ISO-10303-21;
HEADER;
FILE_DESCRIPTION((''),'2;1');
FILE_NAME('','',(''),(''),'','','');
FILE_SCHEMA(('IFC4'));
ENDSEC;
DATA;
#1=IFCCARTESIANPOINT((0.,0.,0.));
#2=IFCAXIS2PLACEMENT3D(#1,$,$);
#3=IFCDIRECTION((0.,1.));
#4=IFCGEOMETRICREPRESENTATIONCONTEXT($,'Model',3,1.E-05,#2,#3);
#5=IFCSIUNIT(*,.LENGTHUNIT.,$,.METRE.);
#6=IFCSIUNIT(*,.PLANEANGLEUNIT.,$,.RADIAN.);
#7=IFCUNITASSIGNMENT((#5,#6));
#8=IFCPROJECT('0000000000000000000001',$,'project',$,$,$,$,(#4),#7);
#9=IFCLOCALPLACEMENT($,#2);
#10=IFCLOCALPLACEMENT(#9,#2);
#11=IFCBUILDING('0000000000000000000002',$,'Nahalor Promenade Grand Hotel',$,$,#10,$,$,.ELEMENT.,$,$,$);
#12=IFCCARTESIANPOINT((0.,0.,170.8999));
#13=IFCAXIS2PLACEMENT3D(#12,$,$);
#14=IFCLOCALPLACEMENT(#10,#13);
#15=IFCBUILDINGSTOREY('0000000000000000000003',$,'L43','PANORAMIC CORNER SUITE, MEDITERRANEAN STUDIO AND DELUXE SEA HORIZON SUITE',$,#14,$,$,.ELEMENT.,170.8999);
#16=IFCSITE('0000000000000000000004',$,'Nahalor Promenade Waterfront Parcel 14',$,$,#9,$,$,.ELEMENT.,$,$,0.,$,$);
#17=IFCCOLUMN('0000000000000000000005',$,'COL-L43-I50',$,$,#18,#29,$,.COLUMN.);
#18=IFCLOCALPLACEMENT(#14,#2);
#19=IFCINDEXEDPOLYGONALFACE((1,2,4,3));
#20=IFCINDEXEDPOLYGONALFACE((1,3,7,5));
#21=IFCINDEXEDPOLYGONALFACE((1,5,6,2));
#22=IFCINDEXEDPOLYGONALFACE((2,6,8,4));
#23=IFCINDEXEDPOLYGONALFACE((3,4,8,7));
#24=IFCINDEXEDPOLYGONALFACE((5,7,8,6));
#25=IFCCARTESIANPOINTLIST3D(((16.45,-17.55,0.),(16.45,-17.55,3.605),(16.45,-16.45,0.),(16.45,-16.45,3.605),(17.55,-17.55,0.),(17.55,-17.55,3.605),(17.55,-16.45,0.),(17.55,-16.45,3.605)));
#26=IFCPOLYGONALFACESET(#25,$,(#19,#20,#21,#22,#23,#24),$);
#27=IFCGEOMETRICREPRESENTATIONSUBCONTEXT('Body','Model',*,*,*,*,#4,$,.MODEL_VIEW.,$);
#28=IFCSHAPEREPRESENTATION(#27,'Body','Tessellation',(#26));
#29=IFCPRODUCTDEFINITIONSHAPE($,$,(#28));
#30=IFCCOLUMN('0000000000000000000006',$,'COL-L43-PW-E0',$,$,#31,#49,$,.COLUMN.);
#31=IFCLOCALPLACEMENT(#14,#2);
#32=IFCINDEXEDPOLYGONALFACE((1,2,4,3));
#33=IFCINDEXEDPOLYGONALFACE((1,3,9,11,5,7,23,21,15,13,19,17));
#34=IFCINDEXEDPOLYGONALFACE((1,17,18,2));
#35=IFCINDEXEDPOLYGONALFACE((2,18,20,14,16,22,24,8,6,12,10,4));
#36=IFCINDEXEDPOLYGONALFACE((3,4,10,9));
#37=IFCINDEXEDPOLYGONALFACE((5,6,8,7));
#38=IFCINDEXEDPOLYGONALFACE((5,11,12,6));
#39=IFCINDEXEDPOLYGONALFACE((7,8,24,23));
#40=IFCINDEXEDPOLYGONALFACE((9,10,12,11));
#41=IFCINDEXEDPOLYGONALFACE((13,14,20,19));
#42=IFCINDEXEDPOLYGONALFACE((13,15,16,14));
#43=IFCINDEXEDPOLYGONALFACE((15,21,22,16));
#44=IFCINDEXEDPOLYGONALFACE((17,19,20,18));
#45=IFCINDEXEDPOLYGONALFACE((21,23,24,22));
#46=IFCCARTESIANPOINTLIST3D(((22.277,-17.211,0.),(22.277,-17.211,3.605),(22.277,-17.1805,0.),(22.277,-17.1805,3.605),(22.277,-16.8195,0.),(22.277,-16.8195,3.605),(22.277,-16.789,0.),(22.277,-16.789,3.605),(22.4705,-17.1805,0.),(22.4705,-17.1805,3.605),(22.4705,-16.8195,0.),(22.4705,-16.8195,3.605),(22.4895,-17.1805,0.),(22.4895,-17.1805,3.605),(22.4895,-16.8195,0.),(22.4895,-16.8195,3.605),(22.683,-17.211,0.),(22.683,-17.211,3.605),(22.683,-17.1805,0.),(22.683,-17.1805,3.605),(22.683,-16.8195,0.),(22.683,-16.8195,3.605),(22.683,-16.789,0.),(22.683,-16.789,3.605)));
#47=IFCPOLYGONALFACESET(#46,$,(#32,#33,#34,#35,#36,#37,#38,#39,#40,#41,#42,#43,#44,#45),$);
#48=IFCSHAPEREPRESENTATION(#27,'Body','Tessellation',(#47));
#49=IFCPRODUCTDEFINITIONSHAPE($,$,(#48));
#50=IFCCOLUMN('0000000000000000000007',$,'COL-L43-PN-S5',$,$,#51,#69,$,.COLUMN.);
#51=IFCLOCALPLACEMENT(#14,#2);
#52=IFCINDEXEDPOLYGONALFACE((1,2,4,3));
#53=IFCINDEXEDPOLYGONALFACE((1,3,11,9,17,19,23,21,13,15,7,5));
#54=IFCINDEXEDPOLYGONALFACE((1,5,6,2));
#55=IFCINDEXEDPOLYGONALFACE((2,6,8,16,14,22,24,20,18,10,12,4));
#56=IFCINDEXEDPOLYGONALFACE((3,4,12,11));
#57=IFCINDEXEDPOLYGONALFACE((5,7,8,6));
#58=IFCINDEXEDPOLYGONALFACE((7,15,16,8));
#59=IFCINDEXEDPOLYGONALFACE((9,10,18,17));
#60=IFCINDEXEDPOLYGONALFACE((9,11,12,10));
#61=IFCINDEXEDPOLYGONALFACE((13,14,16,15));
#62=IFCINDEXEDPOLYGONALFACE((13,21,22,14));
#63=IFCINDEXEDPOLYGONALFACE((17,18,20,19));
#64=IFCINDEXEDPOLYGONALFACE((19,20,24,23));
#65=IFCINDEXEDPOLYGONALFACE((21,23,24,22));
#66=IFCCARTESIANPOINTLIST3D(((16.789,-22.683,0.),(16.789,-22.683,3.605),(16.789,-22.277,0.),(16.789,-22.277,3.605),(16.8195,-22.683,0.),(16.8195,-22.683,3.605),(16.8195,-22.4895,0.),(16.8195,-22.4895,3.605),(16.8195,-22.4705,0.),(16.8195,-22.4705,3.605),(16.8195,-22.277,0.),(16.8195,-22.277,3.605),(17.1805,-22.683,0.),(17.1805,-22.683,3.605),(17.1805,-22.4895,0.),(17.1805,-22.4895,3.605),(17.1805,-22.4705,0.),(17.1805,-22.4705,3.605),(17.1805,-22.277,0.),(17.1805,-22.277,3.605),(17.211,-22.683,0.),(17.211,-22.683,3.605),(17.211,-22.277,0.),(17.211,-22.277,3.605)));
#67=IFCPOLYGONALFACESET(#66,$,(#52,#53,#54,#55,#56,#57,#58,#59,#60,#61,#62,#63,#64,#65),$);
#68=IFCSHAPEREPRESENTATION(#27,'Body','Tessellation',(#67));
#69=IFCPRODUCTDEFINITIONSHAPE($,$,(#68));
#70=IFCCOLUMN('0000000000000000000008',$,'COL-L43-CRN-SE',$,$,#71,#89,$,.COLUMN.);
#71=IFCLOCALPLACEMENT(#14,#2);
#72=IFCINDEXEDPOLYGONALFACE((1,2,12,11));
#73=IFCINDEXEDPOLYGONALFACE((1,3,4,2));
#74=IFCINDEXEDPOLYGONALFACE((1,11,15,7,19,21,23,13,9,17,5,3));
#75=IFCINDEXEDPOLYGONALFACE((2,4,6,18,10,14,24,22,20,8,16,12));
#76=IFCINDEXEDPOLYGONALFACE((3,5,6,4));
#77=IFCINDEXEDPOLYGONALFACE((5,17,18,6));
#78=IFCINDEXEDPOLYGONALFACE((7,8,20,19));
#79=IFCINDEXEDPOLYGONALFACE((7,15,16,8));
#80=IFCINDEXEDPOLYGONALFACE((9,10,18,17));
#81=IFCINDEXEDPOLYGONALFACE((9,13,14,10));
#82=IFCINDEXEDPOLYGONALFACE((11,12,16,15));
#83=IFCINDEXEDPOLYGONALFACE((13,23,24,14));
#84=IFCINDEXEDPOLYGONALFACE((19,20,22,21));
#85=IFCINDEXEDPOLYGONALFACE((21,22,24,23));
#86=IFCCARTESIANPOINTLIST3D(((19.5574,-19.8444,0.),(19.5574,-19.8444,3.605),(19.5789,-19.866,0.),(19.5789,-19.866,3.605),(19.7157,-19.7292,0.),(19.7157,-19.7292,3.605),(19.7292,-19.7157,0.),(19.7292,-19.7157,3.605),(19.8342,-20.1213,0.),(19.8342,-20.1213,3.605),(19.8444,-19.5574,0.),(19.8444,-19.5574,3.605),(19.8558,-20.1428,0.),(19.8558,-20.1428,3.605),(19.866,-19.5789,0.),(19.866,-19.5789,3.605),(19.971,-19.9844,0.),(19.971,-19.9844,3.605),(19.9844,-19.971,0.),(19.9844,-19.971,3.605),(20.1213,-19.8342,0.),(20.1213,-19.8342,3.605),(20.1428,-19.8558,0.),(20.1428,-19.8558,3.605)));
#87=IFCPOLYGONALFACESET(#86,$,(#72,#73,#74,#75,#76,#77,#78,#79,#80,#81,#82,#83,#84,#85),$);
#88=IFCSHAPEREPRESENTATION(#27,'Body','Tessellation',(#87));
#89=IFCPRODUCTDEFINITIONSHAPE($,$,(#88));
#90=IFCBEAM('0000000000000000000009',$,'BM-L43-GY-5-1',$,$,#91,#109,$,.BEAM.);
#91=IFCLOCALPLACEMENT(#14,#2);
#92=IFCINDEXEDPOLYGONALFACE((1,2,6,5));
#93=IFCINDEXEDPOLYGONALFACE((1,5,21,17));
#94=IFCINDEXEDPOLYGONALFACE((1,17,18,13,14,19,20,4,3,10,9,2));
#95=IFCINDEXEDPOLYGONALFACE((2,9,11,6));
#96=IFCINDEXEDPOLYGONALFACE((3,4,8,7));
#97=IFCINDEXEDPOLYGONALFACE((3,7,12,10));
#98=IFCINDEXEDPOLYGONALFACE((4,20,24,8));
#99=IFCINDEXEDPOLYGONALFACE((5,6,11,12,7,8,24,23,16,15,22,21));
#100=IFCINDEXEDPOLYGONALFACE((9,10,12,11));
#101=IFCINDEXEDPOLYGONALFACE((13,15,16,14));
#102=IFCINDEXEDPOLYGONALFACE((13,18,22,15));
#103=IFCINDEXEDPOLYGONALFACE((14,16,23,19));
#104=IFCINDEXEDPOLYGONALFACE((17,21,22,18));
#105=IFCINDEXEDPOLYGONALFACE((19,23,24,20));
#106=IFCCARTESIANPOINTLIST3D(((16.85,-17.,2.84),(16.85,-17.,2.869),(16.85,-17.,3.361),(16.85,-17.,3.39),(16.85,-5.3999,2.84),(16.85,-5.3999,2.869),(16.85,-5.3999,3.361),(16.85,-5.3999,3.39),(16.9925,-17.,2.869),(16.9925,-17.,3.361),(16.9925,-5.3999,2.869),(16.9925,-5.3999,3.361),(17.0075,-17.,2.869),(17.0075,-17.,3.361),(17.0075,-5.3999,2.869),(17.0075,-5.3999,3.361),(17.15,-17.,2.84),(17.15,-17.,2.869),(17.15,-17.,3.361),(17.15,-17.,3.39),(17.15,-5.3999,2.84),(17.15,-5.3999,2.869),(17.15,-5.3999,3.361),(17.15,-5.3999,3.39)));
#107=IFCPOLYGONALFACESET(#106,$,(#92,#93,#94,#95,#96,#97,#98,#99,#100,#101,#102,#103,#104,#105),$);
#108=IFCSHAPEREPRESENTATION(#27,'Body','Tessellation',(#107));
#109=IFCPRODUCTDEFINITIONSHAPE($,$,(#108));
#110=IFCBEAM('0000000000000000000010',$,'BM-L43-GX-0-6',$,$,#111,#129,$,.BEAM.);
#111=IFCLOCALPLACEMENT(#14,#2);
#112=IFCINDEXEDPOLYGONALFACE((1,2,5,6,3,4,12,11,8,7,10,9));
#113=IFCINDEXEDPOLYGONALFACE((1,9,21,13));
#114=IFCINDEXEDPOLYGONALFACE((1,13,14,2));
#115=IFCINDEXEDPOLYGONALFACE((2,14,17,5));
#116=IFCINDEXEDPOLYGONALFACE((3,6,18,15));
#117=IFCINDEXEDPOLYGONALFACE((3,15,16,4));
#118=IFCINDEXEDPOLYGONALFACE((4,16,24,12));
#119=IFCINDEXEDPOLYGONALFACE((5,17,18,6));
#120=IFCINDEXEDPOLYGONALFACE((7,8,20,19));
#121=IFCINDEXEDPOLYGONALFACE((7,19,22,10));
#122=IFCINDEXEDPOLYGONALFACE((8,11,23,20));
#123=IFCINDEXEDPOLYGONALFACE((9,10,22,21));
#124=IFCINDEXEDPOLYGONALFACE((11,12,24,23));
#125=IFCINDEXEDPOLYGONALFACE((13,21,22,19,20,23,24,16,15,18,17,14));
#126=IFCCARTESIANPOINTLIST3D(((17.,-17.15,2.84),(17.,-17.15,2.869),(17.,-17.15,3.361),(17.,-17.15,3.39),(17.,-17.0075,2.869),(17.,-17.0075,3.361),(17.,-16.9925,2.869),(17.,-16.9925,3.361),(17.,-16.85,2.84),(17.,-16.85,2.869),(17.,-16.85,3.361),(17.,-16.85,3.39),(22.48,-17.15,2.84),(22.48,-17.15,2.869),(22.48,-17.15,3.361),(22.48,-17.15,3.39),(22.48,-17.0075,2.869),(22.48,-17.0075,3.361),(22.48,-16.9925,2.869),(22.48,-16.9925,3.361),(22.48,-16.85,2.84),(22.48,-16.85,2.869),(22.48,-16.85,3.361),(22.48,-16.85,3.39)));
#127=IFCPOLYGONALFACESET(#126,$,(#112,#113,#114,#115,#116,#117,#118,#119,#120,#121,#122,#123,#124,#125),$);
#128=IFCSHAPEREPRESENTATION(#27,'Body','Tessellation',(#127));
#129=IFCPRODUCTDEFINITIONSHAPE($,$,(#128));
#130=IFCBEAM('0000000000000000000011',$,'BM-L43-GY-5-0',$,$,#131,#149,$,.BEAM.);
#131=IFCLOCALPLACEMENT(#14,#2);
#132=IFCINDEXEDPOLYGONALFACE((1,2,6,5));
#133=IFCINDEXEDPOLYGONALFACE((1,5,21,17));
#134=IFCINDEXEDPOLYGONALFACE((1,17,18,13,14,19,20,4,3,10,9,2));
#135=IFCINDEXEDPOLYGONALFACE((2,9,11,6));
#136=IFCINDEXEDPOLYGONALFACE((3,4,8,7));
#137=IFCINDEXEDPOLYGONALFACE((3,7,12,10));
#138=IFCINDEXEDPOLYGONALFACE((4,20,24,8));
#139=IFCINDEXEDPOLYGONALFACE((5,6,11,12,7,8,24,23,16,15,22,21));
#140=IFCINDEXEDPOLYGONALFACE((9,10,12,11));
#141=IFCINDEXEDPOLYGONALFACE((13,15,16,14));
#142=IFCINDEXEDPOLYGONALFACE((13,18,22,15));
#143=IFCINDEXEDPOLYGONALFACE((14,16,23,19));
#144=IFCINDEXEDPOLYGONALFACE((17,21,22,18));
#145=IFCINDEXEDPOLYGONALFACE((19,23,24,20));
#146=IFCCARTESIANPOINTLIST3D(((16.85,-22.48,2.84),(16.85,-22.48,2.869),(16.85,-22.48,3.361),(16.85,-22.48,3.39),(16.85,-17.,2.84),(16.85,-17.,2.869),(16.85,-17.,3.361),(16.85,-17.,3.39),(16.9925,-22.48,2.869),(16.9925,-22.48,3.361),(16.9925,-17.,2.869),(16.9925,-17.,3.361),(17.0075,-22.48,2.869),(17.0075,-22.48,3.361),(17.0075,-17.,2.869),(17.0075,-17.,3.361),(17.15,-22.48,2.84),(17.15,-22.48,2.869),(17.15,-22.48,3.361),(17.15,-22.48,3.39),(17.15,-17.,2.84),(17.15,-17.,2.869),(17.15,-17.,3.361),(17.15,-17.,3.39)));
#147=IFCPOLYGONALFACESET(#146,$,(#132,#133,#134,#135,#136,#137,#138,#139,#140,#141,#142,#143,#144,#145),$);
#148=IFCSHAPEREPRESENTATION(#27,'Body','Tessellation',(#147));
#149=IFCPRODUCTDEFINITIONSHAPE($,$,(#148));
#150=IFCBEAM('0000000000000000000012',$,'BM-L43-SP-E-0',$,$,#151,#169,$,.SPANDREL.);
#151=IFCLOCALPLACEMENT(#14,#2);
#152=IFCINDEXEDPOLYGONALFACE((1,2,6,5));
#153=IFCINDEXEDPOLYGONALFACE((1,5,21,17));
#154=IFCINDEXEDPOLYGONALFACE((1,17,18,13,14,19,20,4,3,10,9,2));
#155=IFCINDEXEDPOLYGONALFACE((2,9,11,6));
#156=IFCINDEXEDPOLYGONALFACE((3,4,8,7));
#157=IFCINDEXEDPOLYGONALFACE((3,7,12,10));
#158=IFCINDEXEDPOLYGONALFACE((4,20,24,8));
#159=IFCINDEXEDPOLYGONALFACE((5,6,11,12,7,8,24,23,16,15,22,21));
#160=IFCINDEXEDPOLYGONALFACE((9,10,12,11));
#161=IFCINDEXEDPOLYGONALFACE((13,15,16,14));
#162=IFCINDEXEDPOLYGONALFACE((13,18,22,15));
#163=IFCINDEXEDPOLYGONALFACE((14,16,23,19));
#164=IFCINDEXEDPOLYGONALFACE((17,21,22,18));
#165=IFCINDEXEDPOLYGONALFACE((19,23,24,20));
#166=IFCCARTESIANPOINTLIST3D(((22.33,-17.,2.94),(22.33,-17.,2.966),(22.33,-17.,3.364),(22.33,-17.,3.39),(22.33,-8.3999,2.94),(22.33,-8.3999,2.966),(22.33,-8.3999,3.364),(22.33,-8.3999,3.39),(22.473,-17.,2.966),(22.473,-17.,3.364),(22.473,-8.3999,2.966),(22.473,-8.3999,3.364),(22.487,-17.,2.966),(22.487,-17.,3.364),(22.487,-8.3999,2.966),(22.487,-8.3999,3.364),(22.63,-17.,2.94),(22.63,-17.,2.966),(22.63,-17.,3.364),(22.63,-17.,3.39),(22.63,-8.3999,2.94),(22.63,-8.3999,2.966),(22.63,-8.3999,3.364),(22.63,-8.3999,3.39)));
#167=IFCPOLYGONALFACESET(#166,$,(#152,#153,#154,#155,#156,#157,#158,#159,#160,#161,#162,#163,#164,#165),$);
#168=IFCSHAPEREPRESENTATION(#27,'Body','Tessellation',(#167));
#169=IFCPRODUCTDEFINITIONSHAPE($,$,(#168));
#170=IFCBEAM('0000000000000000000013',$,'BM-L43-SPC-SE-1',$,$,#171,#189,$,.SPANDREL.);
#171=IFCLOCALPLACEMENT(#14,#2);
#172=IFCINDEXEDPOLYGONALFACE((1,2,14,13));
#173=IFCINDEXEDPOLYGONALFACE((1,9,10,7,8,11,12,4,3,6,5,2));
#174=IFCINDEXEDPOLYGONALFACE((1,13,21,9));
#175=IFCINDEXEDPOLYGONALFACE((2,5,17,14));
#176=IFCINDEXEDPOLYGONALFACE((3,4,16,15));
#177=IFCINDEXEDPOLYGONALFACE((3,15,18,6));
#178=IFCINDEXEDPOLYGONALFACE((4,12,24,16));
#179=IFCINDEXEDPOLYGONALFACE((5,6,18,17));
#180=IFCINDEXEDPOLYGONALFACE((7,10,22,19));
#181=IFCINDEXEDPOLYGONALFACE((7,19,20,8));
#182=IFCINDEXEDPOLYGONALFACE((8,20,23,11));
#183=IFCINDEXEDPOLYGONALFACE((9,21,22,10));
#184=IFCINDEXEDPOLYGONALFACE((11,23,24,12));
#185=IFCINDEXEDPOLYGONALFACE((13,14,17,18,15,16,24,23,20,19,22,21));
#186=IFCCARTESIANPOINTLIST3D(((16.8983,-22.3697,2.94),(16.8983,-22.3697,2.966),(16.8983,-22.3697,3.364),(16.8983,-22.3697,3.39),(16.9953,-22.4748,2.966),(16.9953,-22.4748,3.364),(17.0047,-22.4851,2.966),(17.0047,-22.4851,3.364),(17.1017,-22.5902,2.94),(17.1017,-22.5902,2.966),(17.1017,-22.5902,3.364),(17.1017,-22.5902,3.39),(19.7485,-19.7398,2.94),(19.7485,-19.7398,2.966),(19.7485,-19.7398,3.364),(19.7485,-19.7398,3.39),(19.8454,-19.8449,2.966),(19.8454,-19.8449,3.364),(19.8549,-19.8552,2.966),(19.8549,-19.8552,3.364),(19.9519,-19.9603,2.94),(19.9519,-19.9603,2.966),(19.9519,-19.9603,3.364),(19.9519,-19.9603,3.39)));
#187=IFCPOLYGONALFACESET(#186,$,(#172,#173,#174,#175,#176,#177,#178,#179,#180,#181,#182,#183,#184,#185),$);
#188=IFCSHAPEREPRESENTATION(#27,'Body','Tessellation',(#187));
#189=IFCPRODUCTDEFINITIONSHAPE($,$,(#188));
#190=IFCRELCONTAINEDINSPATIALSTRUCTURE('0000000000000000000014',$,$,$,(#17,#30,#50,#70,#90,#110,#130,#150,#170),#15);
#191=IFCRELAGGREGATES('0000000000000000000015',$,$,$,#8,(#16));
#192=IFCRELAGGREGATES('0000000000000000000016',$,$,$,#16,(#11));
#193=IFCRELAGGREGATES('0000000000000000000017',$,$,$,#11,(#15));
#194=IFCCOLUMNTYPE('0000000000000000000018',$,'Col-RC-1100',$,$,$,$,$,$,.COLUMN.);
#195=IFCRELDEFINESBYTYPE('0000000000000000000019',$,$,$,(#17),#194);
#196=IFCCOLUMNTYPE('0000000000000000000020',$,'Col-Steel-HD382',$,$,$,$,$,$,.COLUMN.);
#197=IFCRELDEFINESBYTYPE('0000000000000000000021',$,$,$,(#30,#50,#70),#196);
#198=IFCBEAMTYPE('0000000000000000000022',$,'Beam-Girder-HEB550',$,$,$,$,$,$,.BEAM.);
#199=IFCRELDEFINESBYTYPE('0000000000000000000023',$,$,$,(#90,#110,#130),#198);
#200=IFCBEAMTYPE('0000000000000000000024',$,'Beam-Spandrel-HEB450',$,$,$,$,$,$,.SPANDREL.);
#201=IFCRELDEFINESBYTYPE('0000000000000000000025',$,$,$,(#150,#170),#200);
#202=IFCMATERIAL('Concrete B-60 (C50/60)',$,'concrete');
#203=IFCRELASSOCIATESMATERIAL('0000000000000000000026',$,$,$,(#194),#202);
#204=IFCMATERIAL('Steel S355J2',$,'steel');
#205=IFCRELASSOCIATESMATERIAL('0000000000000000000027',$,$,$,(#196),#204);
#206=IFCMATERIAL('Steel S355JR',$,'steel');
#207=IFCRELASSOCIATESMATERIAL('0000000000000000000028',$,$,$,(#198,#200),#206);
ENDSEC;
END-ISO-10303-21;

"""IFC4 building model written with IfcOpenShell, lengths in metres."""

from ifc_helpers import new_model, si_unit, direction, frame, origin, origin_2d, place, context, subcontext, project, spatial, rectangle, i_section, extrude, source, transform, mapped, material, material_profile, profile_set, type_object, element, save


model = new_model("IFC4")

# Units and contexts
model_context = context("Model", 3, precision=1e-05, world=origin(), true_north=direction((0.0, 1.0)))
body_context = subcontext(model_context, "Body", "Model", "MODEL_VIEW")
ifc_project = project(units=[si_unit("LENGTHUNIT", "METRE"), si_unit("PLANEANGLEUNIT", "RADIAN")], contexts=[model_context])

# Site, building, storey
site_placement = place(None, origin())
site = spatial("IfcSite", under=ifc_project, at=site_placement, Name="Nahalor Promenade Waterfront Parcel 14", CompositionType="ELEMENT", RefElevation=0.0)
building_placement = place(site_placement, origin())
building = spatial("IfcBuilding", under=site, at=building_placement, Name="Nahalor Promenade Grand Hotel", CompositionType="ELEMENT")
storey_placement = place(building_placement, frame((0.0, 0.0, 170.8999)))
storey = spatial("IfcBuildingStorey", under=building, at=storey_placement, Name="L43", Description="PANORAMIC CORNER SUITE, MEDITERRANEAN STUDIO AND DELUXE SEA HORIZON SUITE", CompositionType="ELEMENT", Elevation=170.8999)

# Columns
ifc_material_1 = material(Name="Concrete B-60 (C50/60)", Category="concrete")
ifc_material_profile_1 = material_profile(ifc_material_1, rectangle(XDim=1.1, YDim=1.1, at=origin_2d()), Name="RC 1100x1100")
ifc_profile_set_1 = profile_set([ifc_material_profile_1], Name="Concrete B-60 (C50/60)")
column_type_1 = type_object("IfcColumnType", Name="Col-RC-1100", PredefinedType="COLUMN", material=ifc_profile_set_1)
shared_shape_1 = source(origin(), body_context, "Body", "SweptSolid", [
    extrude(rectangle(XDim=1.1, YDim=1.1, at=origin_2d()), origin(), (0.0, 0.0, 1.0), 3.605),
])
column_placement = place(storey_placement, frame((17.0, -17.0, 0.0), z_axis=(0.0, 0.0, 1.0), x_axis=(1.0, 0.0, 0.0)))
element("IfcColumn", 1, at=column_placement, inside=storey, type_object=column_type_1, Name="COL-L43-I50", PredefinedType="COLUMN", context=body_context, shape_type="MappedRepresentation", body=[
    mapped(shared_shape_1, transform((0.0, 0.0, 0.0), scale=1.0)),
])
ifc_material_2 = material(Name="Steel S355J2", Category="steel")
ifc_material_profile_2 = material_profile(ifc_material_2, i_section(OverallWidth=0.406, OverallDepth=0.422, WebThickness=0.019, FlangeThickness=0.0305, at=origin_2d()), Name="HD 400x382")
ifc_profile_set_2 = profile_set([ifc_material_profile_2], Name="Steel S355J2")
column_type_2 = type_object("IfcColumnType", Name="Col-Steel-HD382", PredefinedType="COLUMN", material=ifc_profile_set_2)
shared_shape_2 = source(origin(), body_context, "Body", "SweptSolid", [
    extrude(i_section(OverallWidth=0.406, OverallDepth=0.422, WebThickness=0.019, FlangeThickness=0.0305, at=origin_2d()), origin(), (0.0, 0.0, 1.0), 3.605),
])
for number, where, z_axis, x_axis, name in (
    (2, (22.48, -17.0, 0.0), (0.0, 0.0, 1.0), (1.0, 0.0, 0.0), "COL-L43-PW-E0"),
    (3, (17.0, -22.48, 0.0), (0.0, 0.0, 1.0), (0.0, 1.0, 0.0), "COL-L43-PN-S5"),
    (4, (19.8501, -19.8501, 0.0), (0.0, 0.0, 1.0), (0.707107, 0.707107, 0.0), "COL-L43-CRN-SE"),
):
    element("IfcColumn", number, at=place(storey_placement, frame(where, z_axis=z_axis, x_axis=x_axis)), inside=storey, type_object=column_type_2, Name=name, PredefinedType="COLUMN", context=body_context, shape_type="MappedRepresentation", body=[
        mapped(shared_shape_2, transform((0.0, 0.0, 0.0), scale=1.0)),
    ])

# Beams
ifc_material_3 = material(Name="Steel S355JR", Category="steel")
ifc_material_profile_3 = material_profile(ifc_material_3, i_section(OverallWidth=0.3, OverallDepth=0.55, WebThickness=0.015, FlangeThickness=0.029, at=origin_2d()), Name="HEB 550")
ifc_profile_set_3 = profile_set([ifc_material_profile_3], Name="Steel S355JR")
beam_type_1 = type_object("IfcBeamType", Name="Beam-Girder-HEB550", PredefinedType="BEAM", material=ifc_profile_set_3)
shared_shape_3 = source(origin(), body_context, "Body", "SweptSolid", [
    extrude(i_section(OverallWidth=0.3, OverallDepth=0.55, WebThickness=0.015, FlangeThickness=0.029, at=origin_2d()), origin(), (0.0, 0.0, 1.0), 11.6001),
])
beam_1_placement = place(storey_placement, frame((17.0, -17.0, 3.115), z_axis=(0.0, 1.0, 0.0), x_axis=(-1.0, 0.0, 0.0)))
element("IfcBeam", 5, at=beam_1_placement, inside=storey, type_object=beam_type_1, Name="BM-L43-GY-5-1", PredefinedType="BEAM", context=body_context, shape_type="MappedRepresentation", body=[
    mapped(shared_shape_3, transform((0.0, 0.0, 0.0), scale=1.0)),
])
shared_shape_4 = source(origin(), body_context, "Body", "SweptSolid", [
    extrude(i_section(OverallWidth=0.3, OverallDepth=0.55, WebThickness=0.015, FlangeThickness=0.029, at=origin_2d()), origin(), (0.0, 0.0, 1.0), 5.48),
])
for number, where, z_axis, x_axis, name in (
    (6, (17.0, -17.0, 3.115), (1.0, 0.0, 0.0), (0.0, 1.0, 0.0), "BM-L43-GX-0-6"),
    (7, (17.0, -22.48, 3.115), (0.0, 1.0, 0.0), (-1.0, 0.0, 0.0), "BM-L43-GY-5-0"),
):
    element("IfcBeam", number, at=place(storey_placement, frame(where, z_axis=z_axis, x_axis=x_axis)), inside=storey, type_object=beam_type_1, Name=name, PredefinedType="BEAM", context=body_context, shape_type="MappedRepresentation", body=[
        mapped(shared_shape_4, transform((0.0, 0.0, 0.0), scale=1.0)),
    ])
ifc_material_profile_4 = material_profile(ifc_material_3, i_section(OverallWidth=0.3, OverallDepth=0.45, WebThickness=0.014, FlangeThickness=0.026, at=origin_2d()), Name="HEB 450")
ifc_profile_set_4 = profile_set([ifc_material_profile_4], Name="Steel S355JR")
beam_type_2 = type_object("IfcBeamType", Name="Beam-Spandrel-HEB450", PredefinedType="SPANDREL", material=ifc_profile_set_4)
shared_shape_5 = source(origin(), body_context, "Body", "SweptSolid", [
    extrude(i_section(OverallWidth=0.3, OverallDepth=0.45, WebThickness=0.014, FlangeThickness=0.026, at=origin_2d()), origin(), (0.0, 0.0, 1.0), 8.6001),
])
beam_2_placement = place(storey_placement, frame((22.48, -17.0, 3.165), z_axis=(0.0, 1.0, 0.0), x_axis=(-1.0, 0.0, 0.0)))
element("IfcBeam", 8, at=beam_2_placement, inside=storey, type_object=beam_type_2, Name="BM-L43-SP-E-0", PredefinedType="SPANDREL", context=body_context, shape_type="MappedRepresentation", body=[
    mapped(shared_shape_5, transform((0.0, 0.0, 0.0), scale=1.0)),
])
shared_shape_6 = source(origin(), body_context, "Body", "SweptSolid", [
    extrude(i_section(OverallWidth=0.3, OverallDepth=0.45, WebThickness=0.014, FlangeThickness=0.026, at=origin_2d()), origin(), (0.0, 0.0, 1.0), 3.8782),
])
for number, where, z_axis, x_axis, name in (
    (9, (17.0, -22.48, 3.165), (0.734929, 0.678144, 0.0), (-0.678144, 0.734929, 0.0), "BM-L43-SPC-SE-1"),
):
    element("IfcBeam", number, at=place(storey_placement, frame(where, z_axis=z_axis, x_axis=x_axis)), inside=storey, type_object=beam_type_2, Name=name, PredefinedType="SPANDREL", context=body_context, shape_type="MappedRepresentation", body=[
        mapped(shared_shape_6, transform((0.0, 0.0, 0.0), scale=1.0)),
    ])

save(model, "model.ifc")
